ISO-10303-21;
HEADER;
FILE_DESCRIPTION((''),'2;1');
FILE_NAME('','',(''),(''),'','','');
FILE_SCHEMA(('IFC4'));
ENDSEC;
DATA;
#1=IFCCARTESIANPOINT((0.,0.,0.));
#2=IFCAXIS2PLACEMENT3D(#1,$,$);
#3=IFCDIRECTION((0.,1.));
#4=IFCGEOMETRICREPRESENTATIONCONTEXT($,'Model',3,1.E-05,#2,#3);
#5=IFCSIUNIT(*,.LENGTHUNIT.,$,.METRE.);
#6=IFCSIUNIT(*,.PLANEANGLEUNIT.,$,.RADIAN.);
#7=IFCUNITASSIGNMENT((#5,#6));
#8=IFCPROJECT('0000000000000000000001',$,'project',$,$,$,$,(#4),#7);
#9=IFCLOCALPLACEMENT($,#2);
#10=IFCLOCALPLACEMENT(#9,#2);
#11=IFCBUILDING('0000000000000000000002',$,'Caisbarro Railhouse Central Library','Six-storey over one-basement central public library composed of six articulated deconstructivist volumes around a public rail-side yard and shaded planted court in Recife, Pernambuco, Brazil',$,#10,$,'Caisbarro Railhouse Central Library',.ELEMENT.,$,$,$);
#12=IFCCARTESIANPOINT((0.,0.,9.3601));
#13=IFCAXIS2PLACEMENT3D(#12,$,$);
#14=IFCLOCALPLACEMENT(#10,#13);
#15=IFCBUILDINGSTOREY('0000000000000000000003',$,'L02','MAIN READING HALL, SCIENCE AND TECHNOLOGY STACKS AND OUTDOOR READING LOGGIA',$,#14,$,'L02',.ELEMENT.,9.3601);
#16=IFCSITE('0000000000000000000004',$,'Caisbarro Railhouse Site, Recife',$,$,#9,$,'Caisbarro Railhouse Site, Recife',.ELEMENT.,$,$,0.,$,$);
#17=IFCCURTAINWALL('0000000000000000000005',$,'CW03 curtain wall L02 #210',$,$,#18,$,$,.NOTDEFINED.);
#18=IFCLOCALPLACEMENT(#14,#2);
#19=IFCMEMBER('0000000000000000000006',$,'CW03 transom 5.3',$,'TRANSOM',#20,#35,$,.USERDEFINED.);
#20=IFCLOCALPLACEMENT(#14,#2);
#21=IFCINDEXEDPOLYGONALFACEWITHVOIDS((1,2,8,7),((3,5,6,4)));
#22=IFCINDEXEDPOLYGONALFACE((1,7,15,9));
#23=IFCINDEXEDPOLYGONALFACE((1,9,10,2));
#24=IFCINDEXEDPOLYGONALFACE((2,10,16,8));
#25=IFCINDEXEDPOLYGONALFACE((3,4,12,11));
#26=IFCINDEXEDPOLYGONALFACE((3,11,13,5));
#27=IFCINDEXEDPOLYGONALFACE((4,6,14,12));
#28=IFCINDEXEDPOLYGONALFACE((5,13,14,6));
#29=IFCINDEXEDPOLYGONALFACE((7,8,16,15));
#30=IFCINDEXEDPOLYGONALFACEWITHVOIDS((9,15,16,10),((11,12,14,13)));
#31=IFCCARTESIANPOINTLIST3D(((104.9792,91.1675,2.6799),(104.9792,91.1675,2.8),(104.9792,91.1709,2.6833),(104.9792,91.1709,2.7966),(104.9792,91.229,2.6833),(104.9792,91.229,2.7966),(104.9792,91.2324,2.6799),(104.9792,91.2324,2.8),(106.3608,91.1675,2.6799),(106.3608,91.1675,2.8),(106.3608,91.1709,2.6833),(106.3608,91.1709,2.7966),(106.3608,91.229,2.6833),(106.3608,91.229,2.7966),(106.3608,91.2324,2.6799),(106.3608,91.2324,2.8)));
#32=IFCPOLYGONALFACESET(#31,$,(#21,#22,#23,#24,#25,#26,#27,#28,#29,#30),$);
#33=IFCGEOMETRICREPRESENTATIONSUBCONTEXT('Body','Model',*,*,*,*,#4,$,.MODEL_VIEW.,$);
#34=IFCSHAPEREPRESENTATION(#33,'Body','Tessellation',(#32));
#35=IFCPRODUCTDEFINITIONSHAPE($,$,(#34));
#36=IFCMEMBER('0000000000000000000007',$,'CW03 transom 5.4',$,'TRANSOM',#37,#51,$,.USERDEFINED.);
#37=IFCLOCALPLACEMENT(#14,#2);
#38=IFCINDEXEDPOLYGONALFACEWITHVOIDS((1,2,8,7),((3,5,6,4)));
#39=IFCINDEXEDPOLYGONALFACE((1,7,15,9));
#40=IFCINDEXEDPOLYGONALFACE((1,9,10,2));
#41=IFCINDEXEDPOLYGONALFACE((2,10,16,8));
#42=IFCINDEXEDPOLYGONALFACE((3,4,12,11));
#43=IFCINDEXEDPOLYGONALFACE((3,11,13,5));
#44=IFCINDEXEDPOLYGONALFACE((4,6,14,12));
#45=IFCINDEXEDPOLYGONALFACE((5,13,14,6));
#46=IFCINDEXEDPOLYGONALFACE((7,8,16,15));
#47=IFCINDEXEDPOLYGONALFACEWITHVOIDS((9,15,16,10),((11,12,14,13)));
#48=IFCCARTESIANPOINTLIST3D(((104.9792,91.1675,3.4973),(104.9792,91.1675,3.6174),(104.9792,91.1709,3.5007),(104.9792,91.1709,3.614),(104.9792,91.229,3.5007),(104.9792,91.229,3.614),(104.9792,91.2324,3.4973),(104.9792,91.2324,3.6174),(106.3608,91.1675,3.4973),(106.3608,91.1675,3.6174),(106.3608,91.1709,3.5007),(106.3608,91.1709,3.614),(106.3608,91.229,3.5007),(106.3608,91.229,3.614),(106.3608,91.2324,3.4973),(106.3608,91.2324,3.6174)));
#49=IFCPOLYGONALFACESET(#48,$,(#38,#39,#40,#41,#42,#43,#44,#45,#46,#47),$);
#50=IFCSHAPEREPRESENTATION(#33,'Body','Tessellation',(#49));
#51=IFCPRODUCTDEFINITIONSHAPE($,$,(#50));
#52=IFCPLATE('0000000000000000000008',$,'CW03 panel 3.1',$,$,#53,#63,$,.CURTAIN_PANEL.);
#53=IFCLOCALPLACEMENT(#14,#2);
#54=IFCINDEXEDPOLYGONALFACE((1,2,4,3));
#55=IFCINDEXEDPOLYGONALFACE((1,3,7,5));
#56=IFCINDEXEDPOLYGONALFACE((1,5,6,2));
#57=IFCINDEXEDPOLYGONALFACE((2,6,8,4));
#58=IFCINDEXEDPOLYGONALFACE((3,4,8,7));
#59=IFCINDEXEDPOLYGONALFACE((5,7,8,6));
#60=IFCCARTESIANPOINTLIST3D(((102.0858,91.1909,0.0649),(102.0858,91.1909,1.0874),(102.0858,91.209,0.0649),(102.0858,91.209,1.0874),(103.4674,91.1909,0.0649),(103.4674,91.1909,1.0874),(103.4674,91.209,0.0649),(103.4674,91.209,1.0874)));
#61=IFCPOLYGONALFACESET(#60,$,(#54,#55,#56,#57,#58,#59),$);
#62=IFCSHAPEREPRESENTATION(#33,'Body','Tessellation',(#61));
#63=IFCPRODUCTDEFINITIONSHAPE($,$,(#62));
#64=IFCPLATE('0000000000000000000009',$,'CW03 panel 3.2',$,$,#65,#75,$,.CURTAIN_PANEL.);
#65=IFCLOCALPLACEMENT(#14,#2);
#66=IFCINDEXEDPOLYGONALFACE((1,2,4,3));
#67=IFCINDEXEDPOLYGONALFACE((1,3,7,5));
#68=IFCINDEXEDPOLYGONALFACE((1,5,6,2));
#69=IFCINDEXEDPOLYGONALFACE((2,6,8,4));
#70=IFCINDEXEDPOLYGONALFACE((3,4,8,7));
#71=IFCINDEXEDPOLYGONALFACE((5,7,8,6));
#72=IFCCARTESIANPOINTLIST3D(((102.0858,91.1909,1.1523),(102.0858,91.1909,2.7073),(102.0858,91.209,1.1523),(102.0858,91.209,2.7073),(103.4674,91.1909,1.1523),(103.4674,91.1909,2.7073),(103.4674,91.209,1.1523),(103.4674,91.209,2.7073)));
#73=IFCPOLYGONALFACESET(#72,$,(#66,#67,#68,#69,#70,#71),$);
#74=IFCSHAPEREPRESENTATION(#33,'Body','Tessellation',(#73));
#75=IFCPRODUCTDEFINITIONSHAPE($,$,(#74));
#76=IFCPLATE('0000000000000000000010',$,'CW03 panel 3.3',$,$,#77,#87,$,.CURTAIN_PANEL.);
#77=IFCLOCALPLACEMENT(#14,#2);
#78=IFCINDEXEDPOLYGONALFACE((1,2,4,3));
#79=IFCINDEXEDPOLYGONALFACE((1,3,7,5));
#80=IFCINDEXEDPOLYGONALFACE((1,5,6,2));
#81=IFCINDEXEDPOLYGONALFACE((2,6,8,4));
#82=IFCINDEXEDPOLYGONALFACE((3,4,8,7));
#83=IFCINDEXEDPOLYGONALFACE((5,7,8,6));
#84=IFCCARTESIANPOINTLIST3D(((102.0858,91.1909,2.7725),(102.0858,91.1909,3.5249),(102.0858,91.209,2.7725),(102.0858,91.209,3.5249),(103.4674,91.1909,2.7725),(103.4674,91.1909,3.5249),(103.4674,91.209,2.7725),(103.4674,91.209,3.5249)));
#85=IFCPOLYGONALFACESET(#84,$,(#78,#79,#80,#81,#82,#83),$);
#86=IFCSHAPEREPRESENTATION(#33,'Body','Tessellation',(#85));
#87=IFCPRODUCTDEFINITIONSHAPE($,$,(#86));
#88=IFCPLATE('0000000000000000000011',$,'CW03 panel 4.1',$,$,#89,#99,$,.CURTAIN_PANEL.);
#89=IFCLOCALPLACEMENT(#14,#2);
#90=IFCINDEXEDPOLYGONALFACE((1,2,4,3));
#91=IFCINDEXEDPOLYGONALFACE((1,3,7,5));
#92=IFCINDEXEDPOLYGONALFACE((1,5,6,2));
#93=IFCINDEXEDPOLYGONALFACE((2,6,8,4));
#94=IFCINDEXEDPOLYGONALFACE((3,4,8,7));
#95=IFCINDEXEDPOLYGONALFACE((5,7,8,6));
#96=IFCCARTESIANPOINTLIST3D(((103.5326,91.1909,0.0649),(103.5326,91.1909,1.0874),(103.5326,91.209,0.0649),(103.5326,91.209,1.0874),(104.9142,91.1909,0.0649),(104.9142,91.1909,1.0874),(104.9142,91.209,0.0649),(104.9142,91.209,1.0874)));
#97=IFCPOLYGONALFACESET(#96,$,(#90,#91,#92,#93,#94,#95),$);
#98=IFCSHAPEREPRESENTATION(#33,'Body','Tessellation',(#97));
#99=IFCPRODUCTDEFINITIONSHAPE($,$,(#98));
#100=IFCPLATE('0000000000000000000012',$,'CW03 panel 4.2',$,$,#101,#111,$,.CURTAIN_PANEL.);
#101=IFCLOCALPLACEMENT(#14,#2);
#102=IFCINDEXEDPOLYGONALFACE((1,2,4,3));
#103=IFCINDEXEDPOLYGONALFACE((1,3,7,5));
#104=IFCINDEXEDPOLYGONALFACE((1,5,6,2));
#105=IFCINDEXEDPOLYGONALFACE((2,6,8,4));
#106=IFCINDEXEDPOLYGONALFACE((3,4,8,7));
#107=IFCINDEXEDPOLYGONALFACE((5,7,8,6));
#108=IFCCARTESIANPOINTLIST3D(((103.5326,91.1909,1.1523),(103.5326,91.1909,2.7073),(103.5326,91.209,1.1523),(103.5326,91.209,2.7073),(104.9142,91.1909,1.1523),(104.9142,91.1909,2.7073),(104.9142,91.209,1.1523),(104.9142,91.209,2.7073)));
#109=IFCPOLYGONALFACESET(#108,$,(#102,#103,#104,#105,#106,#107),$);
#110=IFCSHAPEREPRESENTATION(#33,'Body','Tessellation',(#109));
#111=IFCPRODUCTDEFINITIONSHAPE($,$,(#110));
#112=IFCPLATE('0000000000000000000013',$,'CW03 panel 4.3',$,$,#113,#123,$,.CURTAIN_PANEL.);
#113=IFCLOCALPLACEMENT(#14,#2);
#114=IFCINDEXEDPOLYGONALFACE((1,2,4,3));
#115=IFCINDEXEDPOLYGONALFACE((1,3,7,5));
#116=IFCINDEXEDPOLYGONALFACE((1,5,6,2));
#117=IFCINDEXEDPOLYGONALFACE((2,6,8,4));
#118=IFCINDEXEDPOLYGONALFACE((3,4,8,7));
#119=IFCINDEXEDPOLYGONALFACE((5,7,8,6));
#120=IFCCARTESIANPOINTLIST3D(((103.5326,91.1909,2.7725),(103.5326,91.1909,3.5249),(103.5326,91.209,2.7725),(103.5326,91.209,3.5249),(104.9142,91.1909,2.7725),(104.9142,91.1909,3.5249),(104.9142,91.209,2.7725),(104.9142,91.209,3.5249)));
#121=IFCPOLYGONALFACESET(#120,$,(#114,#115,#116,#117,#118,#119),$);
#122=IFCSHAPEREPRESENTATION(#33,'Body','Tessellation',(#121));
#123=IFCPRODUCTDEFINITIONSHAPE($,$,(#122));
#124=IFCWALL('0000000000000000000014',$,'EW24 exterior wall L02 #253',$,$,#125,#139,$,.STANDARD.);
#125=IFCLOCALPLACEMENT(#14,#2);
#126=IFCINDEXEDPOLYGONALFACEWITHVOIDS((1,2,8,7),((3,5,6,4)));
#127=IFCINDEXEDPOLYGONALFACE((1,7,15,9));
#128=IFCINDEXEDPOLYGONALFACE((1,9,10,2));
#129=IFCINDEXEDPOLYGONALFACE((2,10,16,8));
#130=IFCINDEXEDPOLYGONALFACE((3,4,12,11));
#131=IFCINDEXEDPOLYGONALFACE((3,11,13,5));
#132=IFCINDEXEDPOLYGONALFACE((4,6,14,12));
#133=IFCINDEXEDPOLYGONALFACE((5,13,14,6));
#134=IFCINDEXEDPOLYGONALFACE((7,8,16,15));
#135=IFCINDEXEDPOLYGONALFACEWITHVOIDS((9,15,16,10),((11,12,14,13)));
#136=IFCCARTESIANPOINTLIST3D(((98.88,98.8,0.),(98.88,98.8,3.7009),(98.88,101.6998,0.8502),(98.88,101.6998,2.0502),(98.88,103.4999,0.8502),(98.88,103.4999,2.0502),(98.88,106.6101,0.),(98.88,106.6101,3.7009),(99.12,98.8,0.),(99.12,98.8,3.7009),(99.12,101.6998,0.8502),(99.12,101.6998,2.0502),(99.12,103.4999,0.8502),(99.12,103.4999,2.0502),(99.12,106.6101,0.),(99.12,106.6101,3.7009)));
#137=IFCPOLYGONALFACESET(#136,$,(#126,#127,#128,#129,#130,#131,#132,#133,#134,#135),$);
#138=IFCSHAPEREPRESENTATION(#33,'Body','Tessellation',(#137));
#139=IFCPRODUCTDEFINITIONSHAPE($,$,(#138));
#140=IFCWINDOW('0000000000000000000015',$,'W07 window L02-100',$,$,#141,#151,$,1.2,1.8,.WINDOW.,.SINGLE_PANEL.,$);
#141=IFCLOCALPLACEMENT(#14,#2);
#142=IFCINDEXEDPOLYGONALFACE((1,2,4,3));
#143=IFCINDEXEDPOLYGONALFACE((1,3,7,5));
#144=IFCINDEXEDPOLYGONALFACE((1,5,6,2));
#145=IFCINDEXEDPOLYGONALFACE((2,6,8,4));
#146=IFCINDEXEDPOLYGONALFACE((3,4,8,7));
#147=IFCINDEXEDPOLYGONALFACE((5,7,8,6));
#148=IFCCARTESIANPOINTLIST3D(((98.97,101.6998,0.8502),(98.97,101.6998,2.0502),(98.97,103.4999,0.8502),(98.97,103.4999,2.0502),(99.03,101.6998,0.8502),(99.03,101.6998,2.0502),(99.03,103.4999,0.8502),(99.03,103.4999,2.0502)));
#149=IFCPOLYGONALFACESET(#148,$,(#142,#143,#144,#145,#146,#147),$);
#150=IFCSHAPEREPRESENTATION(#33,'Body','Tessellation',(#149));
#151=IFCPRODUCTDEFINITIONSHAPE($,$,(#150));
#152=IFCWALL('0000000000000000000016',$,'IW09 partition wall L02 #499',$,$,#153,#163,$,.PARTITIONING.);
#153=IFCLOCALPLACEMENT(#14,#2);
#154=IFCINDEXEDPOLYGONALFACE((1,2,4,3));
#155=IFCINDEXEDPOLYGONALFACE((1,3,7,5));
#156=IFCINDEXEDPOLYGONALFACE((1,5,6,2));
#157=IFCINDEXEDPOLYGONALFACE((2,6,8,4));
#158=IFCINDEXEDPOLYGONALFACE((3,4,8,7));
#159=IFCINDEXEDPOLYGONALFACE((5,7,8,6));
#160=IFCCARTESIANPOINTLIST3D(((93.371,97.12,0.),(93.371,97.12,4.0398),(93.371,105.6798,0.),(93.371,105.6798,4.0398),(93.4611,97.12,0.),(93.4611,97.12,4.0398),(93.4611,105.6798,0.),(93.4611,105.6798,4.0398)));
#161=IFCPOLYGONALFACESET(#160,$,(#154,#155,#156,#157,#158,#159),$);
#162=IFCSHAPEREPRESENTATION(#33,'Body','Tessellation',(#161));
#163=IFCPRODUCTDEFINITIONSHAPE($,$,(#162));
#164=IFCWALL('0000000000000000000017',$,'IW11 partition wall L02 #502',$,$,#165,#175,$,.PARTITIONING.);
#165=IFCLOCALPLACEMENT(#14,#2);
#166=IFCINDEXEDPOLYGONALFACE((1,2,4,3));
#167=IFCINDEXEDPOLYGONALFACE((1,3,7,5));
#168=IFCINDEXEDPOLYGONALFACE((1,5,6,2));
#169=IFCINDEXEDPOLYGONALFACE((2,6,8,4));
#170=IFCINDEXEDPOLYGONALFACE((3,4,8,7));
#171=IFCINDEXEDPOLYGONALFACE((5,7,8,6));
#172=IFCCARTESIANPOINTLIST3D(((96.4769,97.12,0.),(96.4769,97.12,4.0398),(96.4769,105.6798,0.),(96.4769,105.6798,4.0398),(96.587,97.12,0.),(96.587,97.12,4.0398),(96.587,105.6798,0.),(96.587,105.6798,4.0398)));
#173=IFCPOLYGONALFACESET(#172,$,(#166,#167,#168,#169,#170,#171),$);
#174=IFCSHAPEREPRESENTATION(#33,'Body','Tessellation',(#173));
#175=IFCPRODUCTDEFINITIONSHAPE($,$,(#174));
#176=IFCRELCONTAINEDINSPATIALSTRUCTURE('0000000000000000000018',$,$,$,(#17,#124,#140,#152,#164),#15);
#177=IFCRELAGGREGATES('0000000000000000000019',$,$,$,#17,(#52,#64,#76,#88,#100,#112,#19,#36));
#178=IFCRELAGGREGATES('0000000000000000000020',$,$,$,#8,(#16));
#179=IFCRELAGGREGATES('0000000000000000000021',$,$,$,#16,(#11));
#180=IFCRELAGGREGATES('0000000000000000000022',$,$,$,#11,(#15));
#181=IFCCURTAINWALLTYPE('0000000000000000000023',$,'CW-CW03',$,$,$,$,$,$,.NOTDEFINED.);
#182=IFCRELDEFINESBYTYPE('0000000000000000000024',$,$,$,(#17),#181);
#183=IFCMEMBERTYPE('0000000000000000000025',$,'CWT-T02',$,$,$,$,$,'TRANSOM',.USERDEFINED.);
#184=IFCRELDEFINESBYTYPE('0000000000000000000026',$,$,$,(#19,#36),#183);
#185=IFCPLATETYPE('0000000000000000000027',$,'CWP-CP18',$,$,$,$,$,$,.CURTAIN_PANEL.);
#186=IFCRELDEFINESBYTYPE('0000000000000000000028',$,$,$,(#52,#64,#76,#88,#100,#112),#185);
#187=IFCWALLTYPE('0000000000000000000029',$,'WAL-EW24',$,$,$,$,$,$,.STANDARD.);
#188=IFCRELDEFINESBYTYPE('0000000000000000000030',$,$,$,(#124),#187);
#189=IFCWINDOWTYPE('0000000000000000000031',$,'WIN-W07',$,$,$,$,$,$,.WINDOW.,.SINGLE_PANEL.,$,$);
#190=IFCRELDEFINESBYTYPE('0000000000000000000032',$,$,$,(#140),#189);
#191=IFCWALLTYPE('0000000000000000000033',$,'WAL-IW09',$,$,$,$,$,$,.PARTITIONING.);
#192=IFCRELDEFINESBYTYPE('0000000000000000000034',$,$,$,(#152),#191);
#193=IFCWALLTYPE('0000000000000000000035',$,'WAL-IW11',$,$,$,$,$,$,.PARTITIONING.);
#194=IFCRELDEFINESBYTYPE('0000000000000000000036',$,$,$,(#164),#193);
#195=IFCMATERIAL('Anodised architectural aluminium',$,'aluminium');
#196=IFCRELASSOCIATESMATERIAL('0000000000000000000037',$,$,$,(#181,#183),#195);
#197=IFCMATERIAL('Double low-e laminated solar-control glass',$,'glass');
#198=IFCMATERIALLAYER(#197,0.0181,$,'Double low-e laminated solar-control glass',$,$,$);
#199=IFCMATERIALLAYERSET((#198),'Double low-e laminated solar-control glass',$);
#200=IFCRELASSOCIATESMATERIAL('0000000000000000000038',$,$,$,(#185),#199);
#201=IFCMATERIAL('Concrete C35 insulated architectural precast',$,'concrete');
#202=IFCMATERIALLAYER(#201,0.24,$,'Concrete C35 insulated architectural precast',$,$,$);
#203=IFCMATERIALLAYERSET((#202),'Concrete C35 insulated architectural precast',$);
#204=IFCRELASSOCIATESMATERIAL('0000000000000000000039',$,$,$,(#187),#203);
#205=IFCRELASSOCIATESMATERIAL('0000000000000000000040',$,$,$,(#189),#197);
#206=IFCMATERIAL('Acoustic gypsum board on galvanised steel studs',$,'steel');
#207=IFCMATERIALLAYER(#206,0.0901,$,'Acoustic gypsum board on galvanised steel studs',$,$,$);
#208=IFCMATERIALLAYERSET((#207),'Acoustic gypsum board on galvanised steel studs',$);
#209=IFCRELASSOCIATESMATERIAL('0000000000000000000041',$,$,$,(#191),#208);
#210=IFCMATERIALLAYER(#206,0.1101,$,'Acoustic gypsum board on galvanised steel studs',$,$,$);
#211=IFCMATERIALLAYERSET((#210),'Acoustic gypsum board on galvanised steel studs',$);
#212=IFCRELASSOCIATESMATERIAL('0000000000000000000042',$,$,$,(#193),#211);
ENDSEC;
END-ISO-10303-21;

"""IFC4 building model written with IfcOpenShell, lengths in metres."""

from ifc_helpers import new_model, si_unit, direction, frame, frame_2d, origin, origin_2d, place, context, subcontext, project, spatial, rectangle, hollow_rectangle, extrude, material, layer, layer_set, material_profile, profile_set, type_object, element, fill, aggregate, save


model = new_model("IFC4")

# Units and contexts
model_context = context("Model", 3, precision=1e-05, world=origin(), true_north=direction((0.0, 1.0)))
body_context = subcontext(model_context, "Body", "Model", "MODEL_VIEW")
ifc_project = project(units=[si_unit("LENGTHUNIT", "METRE"), si_unit("PLANEANGLEUNIT", "RADIAN")], contexts=[model_context])

# Site, building, storey
site_placement = place(None, origin())
site = spatial("IfcSite", under=ifc_project, at=site_placement, Name="Caisbarro Railhouse Site, Recife", LongName="Caisbarro Railhouse Site, Recife", CompositionType="ELEMENT", RefElevation=0.0)
building_placement = place(site_placement, origin())
building = spatial("IfcBuilding", under=site, at=building_placement, Name="Caisbarro Railhouse Central Library", Description="Six-storey over one-basement central public library composed of six articulated deconstructivist volumes around a public rail-side yard and shaded planted court in Recife, Pernambuco, Brazil", LongName="Caisbarro Railhouse Central Library", CompositionType="ELEMENT")
storey_placement = place(building_placement, frame((0.0, 0.0, 9.3601)))
storey = spatial("IfcBuildingStorey", under=building, at=storey_placement, Name="L02", Description="MAIN READING HALL, SCIENCE AND TECHNOLOGY STACKS AND OUTDOOR READING LOGGIA", LongName="L02", CompositionType="ELEMENT", Elevation=9.3601)

# Curtain wall, members, plates
ifc_material_1 = material(Name="Anodised architectural aluminium", Category="aluminium")
curtain_wall_type = type_object("IfcCurtainWallType", Name="CW-CW03", PredefinedType="NOTDEFINED", material=ifc_material_1)
curtain_wall_placement = place(storey_placement, origin())
curtain_wall = element("IfcCurtainWall", 1, at=curtain_wall_placement, inside=storey, type_object=curtain_wall_type, Name="CW03 curtain wall L02 #210", PredefinedType="NOTDEFINED")
ifc_material_profile_1 = material_profile(ifc_material_1, hollow_rectangle(XDim=0.0649, YDim=0.1201, WallThickness=0.0034, at=origin_2d()), Name="ALU-TRN-65X120")
ifc_profile_set_1 = profile_set([ifc_material_profile_1], Name="Anodised architectural aluminium")
member_type_1 = type_object("IfcMemberType", Name="CWT-T02", ElementType="TRANSOM", PredefinedType="USERDEFINED", material=ifc_profile_set_1)
member_1_placement = place(storey_placement, frame((104.9792, 91.2, 2.74), z_axis=(1.0, 0.0, 0.0), x_axis=(0.0, 1.0, 0.0)))
member_1 = element("IfcMember", 2, at=member_1_placement, type_object=member_type_1, Name="CW03 transom 5.3", ObjectType="TRANSOM", PredefinedType="USERDEFINED", context=body_context, shape_type="SweptSolid", body=[
    extrude(hollow_rectangle(XDim=0.0649, YDim=0.1201, WallThickness=0.0034, at=origin_2d()), origin(), (0.0, 0.0, 1.0), 1.3816),
])
member_2_placement = place(storey_placement, frame((104.9792, 91.2, 3.5574), z_axis=(1.0, 0.0, 0.0), x_axis=(0.0, 1.0, 0.0)))
member_2 = element("IfcMember", 3, at=member_2_placement, type_object=member_type_1, Name="CW03 transom 5.4", ObjectType="TRANSOM", PredefinedType="USERDEFINED", context=body_context, shape_type="SweptSolid", body=[
    extrude(hollow_rectangle(XDim=0.0649, YDim=0.1201, WallThickness=0.0034, at=origin_2d()), origin(), (0.0, 0.0, 1.0), 1.3816),
])
ifc_material_2 = material(Name="Double low-e laminated solar-control glass", Category="glass")
ifc_layer_1 = layer(ifc_material_2, 0.0181, Name="Double low-e laminated solar-control glass")
ifc_layer_set_1 = layer_set([ifc_layer_1], Name="Double low-e laminated solar-control glass")
plate_type = type_object("IfcPlateType", Name="CWP-CP18", PredefinedType="CURTAIN_PANEL", material=ifc_layer_set_1)
plate_1_placement = place(storey_placement, frame((102.7766, 91.2, 0.0649), z_axis=(0.0, 0.0, 1.0), x_axis=(1.0, 0.0, 0.0)))
plate_1 = element("IfcPlate", 4, at=plate_1_placement, type_object=plate_type, Name="CW03 panel 3.1", PredefinedType="CURTAIN_PANEL", context=body_context, shape_type="SweptSolid", body=[
    extrude(rectangle(XDim=1.3816, YDim=0.0181, at=origin_2d()), origin(), (0.0, 0.0, 1.0), 1.0225),
])
plate_2_placement = place(storey_placement, frame((102.7766, 91.2, 1.1523), z_axis=(0.0, 0.0, 1.0), x_axis=(1.0, 0.0, 0.0)))
plate_2 = element("IfcPlate", 5, at=plate_2_placement, type_object=plate_type, Name="CW03 panel 3.2", PredefinedType="CURTAIN_PANEL", context=body_context, shape_type="SweptSolid", body=[
    extrude(rectangle(XDim=1.3816, YDim=0.0181, at=origin_2d()), origin(), (0.0, 0.0, 1.0), 1.5549),
])
plate_3_placement = place(storey_placement, frame((102.7766, 91.2, 2.7725), z_axis=(0.0, 0.0, 1.0), x_axis=(1.0, 0.0, 0.0)))
plate_3 = element("IfcPlate", 6, at=plate_3_placement, type_object=plate_type, Name="CW03 panel 3.3", PredefinedType="CURTAIN_PANEL", context=body_context, shape_type="SweptSolid", body=[
    extrude(rectangle(XDim=1.3816, YDim=0.0181, at=origin_2d()), origin(), (0.0, 0.0, 1.0), 0.7524),
])
plate_4_placement = place(storey_placement, frame((104.2234, 91.2, 0.0649), z_axis=(0.0, 0.0, 1.0), x_axis=(1.0, 0.0, 0.0)))
plate_4 = element("IfcPlate", 7, at=plate_4_placement, type_object=plate_type, Name="CW03 panel 4.1", PredefinedType="CURTAIN_PANEL", context=body_context, shape_type="SweptSolid", body=[
    extrude(rectangle(XDim=1.3816, YDim=0.0181, at=origin_2d()), origin(), (0.0, 0.0, 1.0), 1.0225),
])
plate_5_placement = place(storey_placement, frame((104.2234, 91.2, 1.1523), z_axis=(0.0, 0.0, 1.0), x_axis=(1.0, 0.0, 0.0)))
plate_5 = element("IfcPlate", 8, at=plate_5_placement, type_object=plate_type, Name="CW03 panel 4.2", PredefinedType="CURTAIN_PANEL", context=body_context, shape_type="SweptSolid", body=[
    extrude(rectangle(XDim=1.3816, YDim=0.0181, at=origin_2d()), origin(), (0.0, 0.0, 1.0), 1.5549),
])
plate_6_placement = place(storey_placement, frame((104.2234, 91.2, 2.7725), z_axis=(0.0, 0.0, 1.0), x_axis=(1.0, 0.0, 0.0)))
plate_6 = element("IfcPlate", 9, at=plate_6_placement, type_object=plate_type, Name="CW03 panel 4.3", PredefinedType="CURTAIN_PANEL", context=body_context, shape_type="SweptSolid", body=[
    extrude(rectangle(XDim=1.3816, YDim=0.0181, at=origin_2d()), origin(), (0.0, 0.0, 1.0), 0.7524),
])
aggregate(curtain_wall, [plate_1, plate_2, plate_3, plate_4, plate_5, plate_6, member_1, member_2])

# Wall, opening, window
ifc_material_3 = material(Name="Concrete C35 insulated architectural precast", Category="concrete")
ifc_layer_2 = layer(ifc_material_3, 0.24, Name="Concrete C35 insulated architectural precast")
ifc_layer_set_2 = layer_set([ifc_layer_2], Name="Concrete C35 insulated architectural precast")
wall_type_1 = type_object("IfcWallType", Name="WAL-EW24", PredefinedType="STANDARD", material=ifc_layer_set_2)
wall_1_placement = place(storey_placement, frame((99.0, 98.8, 0.0), z_axis=(0.0, 0.0, 1.0), x_axis=(0.0, 1.0, 0.0)))
wall_1 = element("IfcWall", 10, at=wall_1_placement, inside=storey, type_object=wall_type_1, Name="EW24 exterior wall L02 #253", PredefinedType="STANDARD", context=body_context, shape_type="SweptSolid", body=[
    extrude(rectangle(XDim=7.8101, YDim=0.24, at=frame_2d((3.905, 0.0))), origin(), (0.0, 0.0, 1.0), 3.7009),
])
opening_1_placement = place(wall_1_placement, frame((2.8999, 0.0, 0.8501)))
opening_1 = element("IfcOpeningElement", 11, at=opening_1_placement, cuts=wall_1, PredefinedType="OPENING", context=body_context, shape_type="SweptSolid", body=[
    extrude(rectangle(XDim=1.8, YDim=1.2, at=frame_2d((0.8999, 0.6001))), frame((0.0, 0.1299, 0.0), z_axis=(0.0, -1.0, 0.0), x_axis=(1.0, 0.0, 0.0)), (0.0, 0.0, 1.0), 0.26),
])
window_type = type_object("IfcWindowType", Name="WIN-W07", PartitioningType="SINGLE_PANEL", PredefinedType="WINDOW", material=ifc_material_2)
window_placement = place(opening_1_placement, origin())
window = element("IfcWindow", 12, at=window_placement, inside=storey, type_object=window_type, Name="W07 window L02-100", OverallHeight=1.2, OverallWidth=1.8, PartitioningType="SINGLE_PANEL", PredefinedType="WINDOW", context=body_context, shape_type="SweptSolid", body=[
    extrude(rectangle(XDim=1.8, YDim=1.2, at=frame_2d((0.8999, 0.6001))), frame((0.0, 0.03, 0.0), z_axis=(0.0, -1.0, 0.0), x_axis=(1.0, 0.0, 0.0)), (0.0, 0.0, 1.0), 0.0601),
])
fill(opening_1, window)

# Walls
ifc_material_4 = material(Name="Acoustic gypsum board on galvanised steel studs", Category="steel")
ifc_layer_3 = layer(ifc_material_4, 0.0901, Name="Acoustic gypsum board on galvanised steel studs")
ifc_layer_set_3 = layer_set([ifc_layer_3], Name="Acoustic gypsum board on galvanised steel studs")
wall_type_2 = type_object("IfcWallType", Name="WAL-IW09", PredefinedType="PARTITIONING", material=ifc_layer_set_3)
wall_2_placement = place(storey_placement, frame((93.416, 97.1201, 0.0), z_axis=(0.0, 0.0, 1.0), x_axis=(0.0, 1.0, 0.0)))
element("IfcWall", 13, at=wall_2_placement, inside=storey, type_object=wall_type_2, Name="IW09 partition wall L02 #499", PredefinedType="PARTITIONING", context=body_context, shape_type="SweptSolid", body=[
    extrude(rectangle(XDim=8.5598, YDim=0.0901, at=frame_2d((4.2798, 0.0))), origin(), (0.0, 0.0, 1.0), 4.0398),
])
ifc_layer_4 = layer(ifc_material_4, 0.1101, Name="Acoustic gypsum board on galvanised steel studs")
ifc_layer_set_4 = layer_set([ifc_layer_4], Name="Acoustic gypsum board on galvanised steel studs")
wall_type_3 = type_object("IfcWallType", Name="WAL-IW11", PredefinedType="PARTITIONING", material=ifc_layer_set_4)
wall_3_placement = place(storey_placement, frame((96.532, 97.1201, 0.0), z_axis=(0.0, 0.0, 1.0), x_axis=(0.0, 1.0, 0.0)))
element("IfcWall", 14, at=wall_3_placement, inside=storey, type_object=wall_type_3, Name="IW11 partition wall L02 #502", PredefinedType="PARTITIONING", context=body_context, shape_type="SweptSolid", body=[
    extrude(rectangle(XDim=8.5598, YDim=0.1101, at=frame_2d((4.2798, 0.0))), origin(), (0.0, 0.0, 1.0), 4.0398),
])

save(model, "model.ifc")
